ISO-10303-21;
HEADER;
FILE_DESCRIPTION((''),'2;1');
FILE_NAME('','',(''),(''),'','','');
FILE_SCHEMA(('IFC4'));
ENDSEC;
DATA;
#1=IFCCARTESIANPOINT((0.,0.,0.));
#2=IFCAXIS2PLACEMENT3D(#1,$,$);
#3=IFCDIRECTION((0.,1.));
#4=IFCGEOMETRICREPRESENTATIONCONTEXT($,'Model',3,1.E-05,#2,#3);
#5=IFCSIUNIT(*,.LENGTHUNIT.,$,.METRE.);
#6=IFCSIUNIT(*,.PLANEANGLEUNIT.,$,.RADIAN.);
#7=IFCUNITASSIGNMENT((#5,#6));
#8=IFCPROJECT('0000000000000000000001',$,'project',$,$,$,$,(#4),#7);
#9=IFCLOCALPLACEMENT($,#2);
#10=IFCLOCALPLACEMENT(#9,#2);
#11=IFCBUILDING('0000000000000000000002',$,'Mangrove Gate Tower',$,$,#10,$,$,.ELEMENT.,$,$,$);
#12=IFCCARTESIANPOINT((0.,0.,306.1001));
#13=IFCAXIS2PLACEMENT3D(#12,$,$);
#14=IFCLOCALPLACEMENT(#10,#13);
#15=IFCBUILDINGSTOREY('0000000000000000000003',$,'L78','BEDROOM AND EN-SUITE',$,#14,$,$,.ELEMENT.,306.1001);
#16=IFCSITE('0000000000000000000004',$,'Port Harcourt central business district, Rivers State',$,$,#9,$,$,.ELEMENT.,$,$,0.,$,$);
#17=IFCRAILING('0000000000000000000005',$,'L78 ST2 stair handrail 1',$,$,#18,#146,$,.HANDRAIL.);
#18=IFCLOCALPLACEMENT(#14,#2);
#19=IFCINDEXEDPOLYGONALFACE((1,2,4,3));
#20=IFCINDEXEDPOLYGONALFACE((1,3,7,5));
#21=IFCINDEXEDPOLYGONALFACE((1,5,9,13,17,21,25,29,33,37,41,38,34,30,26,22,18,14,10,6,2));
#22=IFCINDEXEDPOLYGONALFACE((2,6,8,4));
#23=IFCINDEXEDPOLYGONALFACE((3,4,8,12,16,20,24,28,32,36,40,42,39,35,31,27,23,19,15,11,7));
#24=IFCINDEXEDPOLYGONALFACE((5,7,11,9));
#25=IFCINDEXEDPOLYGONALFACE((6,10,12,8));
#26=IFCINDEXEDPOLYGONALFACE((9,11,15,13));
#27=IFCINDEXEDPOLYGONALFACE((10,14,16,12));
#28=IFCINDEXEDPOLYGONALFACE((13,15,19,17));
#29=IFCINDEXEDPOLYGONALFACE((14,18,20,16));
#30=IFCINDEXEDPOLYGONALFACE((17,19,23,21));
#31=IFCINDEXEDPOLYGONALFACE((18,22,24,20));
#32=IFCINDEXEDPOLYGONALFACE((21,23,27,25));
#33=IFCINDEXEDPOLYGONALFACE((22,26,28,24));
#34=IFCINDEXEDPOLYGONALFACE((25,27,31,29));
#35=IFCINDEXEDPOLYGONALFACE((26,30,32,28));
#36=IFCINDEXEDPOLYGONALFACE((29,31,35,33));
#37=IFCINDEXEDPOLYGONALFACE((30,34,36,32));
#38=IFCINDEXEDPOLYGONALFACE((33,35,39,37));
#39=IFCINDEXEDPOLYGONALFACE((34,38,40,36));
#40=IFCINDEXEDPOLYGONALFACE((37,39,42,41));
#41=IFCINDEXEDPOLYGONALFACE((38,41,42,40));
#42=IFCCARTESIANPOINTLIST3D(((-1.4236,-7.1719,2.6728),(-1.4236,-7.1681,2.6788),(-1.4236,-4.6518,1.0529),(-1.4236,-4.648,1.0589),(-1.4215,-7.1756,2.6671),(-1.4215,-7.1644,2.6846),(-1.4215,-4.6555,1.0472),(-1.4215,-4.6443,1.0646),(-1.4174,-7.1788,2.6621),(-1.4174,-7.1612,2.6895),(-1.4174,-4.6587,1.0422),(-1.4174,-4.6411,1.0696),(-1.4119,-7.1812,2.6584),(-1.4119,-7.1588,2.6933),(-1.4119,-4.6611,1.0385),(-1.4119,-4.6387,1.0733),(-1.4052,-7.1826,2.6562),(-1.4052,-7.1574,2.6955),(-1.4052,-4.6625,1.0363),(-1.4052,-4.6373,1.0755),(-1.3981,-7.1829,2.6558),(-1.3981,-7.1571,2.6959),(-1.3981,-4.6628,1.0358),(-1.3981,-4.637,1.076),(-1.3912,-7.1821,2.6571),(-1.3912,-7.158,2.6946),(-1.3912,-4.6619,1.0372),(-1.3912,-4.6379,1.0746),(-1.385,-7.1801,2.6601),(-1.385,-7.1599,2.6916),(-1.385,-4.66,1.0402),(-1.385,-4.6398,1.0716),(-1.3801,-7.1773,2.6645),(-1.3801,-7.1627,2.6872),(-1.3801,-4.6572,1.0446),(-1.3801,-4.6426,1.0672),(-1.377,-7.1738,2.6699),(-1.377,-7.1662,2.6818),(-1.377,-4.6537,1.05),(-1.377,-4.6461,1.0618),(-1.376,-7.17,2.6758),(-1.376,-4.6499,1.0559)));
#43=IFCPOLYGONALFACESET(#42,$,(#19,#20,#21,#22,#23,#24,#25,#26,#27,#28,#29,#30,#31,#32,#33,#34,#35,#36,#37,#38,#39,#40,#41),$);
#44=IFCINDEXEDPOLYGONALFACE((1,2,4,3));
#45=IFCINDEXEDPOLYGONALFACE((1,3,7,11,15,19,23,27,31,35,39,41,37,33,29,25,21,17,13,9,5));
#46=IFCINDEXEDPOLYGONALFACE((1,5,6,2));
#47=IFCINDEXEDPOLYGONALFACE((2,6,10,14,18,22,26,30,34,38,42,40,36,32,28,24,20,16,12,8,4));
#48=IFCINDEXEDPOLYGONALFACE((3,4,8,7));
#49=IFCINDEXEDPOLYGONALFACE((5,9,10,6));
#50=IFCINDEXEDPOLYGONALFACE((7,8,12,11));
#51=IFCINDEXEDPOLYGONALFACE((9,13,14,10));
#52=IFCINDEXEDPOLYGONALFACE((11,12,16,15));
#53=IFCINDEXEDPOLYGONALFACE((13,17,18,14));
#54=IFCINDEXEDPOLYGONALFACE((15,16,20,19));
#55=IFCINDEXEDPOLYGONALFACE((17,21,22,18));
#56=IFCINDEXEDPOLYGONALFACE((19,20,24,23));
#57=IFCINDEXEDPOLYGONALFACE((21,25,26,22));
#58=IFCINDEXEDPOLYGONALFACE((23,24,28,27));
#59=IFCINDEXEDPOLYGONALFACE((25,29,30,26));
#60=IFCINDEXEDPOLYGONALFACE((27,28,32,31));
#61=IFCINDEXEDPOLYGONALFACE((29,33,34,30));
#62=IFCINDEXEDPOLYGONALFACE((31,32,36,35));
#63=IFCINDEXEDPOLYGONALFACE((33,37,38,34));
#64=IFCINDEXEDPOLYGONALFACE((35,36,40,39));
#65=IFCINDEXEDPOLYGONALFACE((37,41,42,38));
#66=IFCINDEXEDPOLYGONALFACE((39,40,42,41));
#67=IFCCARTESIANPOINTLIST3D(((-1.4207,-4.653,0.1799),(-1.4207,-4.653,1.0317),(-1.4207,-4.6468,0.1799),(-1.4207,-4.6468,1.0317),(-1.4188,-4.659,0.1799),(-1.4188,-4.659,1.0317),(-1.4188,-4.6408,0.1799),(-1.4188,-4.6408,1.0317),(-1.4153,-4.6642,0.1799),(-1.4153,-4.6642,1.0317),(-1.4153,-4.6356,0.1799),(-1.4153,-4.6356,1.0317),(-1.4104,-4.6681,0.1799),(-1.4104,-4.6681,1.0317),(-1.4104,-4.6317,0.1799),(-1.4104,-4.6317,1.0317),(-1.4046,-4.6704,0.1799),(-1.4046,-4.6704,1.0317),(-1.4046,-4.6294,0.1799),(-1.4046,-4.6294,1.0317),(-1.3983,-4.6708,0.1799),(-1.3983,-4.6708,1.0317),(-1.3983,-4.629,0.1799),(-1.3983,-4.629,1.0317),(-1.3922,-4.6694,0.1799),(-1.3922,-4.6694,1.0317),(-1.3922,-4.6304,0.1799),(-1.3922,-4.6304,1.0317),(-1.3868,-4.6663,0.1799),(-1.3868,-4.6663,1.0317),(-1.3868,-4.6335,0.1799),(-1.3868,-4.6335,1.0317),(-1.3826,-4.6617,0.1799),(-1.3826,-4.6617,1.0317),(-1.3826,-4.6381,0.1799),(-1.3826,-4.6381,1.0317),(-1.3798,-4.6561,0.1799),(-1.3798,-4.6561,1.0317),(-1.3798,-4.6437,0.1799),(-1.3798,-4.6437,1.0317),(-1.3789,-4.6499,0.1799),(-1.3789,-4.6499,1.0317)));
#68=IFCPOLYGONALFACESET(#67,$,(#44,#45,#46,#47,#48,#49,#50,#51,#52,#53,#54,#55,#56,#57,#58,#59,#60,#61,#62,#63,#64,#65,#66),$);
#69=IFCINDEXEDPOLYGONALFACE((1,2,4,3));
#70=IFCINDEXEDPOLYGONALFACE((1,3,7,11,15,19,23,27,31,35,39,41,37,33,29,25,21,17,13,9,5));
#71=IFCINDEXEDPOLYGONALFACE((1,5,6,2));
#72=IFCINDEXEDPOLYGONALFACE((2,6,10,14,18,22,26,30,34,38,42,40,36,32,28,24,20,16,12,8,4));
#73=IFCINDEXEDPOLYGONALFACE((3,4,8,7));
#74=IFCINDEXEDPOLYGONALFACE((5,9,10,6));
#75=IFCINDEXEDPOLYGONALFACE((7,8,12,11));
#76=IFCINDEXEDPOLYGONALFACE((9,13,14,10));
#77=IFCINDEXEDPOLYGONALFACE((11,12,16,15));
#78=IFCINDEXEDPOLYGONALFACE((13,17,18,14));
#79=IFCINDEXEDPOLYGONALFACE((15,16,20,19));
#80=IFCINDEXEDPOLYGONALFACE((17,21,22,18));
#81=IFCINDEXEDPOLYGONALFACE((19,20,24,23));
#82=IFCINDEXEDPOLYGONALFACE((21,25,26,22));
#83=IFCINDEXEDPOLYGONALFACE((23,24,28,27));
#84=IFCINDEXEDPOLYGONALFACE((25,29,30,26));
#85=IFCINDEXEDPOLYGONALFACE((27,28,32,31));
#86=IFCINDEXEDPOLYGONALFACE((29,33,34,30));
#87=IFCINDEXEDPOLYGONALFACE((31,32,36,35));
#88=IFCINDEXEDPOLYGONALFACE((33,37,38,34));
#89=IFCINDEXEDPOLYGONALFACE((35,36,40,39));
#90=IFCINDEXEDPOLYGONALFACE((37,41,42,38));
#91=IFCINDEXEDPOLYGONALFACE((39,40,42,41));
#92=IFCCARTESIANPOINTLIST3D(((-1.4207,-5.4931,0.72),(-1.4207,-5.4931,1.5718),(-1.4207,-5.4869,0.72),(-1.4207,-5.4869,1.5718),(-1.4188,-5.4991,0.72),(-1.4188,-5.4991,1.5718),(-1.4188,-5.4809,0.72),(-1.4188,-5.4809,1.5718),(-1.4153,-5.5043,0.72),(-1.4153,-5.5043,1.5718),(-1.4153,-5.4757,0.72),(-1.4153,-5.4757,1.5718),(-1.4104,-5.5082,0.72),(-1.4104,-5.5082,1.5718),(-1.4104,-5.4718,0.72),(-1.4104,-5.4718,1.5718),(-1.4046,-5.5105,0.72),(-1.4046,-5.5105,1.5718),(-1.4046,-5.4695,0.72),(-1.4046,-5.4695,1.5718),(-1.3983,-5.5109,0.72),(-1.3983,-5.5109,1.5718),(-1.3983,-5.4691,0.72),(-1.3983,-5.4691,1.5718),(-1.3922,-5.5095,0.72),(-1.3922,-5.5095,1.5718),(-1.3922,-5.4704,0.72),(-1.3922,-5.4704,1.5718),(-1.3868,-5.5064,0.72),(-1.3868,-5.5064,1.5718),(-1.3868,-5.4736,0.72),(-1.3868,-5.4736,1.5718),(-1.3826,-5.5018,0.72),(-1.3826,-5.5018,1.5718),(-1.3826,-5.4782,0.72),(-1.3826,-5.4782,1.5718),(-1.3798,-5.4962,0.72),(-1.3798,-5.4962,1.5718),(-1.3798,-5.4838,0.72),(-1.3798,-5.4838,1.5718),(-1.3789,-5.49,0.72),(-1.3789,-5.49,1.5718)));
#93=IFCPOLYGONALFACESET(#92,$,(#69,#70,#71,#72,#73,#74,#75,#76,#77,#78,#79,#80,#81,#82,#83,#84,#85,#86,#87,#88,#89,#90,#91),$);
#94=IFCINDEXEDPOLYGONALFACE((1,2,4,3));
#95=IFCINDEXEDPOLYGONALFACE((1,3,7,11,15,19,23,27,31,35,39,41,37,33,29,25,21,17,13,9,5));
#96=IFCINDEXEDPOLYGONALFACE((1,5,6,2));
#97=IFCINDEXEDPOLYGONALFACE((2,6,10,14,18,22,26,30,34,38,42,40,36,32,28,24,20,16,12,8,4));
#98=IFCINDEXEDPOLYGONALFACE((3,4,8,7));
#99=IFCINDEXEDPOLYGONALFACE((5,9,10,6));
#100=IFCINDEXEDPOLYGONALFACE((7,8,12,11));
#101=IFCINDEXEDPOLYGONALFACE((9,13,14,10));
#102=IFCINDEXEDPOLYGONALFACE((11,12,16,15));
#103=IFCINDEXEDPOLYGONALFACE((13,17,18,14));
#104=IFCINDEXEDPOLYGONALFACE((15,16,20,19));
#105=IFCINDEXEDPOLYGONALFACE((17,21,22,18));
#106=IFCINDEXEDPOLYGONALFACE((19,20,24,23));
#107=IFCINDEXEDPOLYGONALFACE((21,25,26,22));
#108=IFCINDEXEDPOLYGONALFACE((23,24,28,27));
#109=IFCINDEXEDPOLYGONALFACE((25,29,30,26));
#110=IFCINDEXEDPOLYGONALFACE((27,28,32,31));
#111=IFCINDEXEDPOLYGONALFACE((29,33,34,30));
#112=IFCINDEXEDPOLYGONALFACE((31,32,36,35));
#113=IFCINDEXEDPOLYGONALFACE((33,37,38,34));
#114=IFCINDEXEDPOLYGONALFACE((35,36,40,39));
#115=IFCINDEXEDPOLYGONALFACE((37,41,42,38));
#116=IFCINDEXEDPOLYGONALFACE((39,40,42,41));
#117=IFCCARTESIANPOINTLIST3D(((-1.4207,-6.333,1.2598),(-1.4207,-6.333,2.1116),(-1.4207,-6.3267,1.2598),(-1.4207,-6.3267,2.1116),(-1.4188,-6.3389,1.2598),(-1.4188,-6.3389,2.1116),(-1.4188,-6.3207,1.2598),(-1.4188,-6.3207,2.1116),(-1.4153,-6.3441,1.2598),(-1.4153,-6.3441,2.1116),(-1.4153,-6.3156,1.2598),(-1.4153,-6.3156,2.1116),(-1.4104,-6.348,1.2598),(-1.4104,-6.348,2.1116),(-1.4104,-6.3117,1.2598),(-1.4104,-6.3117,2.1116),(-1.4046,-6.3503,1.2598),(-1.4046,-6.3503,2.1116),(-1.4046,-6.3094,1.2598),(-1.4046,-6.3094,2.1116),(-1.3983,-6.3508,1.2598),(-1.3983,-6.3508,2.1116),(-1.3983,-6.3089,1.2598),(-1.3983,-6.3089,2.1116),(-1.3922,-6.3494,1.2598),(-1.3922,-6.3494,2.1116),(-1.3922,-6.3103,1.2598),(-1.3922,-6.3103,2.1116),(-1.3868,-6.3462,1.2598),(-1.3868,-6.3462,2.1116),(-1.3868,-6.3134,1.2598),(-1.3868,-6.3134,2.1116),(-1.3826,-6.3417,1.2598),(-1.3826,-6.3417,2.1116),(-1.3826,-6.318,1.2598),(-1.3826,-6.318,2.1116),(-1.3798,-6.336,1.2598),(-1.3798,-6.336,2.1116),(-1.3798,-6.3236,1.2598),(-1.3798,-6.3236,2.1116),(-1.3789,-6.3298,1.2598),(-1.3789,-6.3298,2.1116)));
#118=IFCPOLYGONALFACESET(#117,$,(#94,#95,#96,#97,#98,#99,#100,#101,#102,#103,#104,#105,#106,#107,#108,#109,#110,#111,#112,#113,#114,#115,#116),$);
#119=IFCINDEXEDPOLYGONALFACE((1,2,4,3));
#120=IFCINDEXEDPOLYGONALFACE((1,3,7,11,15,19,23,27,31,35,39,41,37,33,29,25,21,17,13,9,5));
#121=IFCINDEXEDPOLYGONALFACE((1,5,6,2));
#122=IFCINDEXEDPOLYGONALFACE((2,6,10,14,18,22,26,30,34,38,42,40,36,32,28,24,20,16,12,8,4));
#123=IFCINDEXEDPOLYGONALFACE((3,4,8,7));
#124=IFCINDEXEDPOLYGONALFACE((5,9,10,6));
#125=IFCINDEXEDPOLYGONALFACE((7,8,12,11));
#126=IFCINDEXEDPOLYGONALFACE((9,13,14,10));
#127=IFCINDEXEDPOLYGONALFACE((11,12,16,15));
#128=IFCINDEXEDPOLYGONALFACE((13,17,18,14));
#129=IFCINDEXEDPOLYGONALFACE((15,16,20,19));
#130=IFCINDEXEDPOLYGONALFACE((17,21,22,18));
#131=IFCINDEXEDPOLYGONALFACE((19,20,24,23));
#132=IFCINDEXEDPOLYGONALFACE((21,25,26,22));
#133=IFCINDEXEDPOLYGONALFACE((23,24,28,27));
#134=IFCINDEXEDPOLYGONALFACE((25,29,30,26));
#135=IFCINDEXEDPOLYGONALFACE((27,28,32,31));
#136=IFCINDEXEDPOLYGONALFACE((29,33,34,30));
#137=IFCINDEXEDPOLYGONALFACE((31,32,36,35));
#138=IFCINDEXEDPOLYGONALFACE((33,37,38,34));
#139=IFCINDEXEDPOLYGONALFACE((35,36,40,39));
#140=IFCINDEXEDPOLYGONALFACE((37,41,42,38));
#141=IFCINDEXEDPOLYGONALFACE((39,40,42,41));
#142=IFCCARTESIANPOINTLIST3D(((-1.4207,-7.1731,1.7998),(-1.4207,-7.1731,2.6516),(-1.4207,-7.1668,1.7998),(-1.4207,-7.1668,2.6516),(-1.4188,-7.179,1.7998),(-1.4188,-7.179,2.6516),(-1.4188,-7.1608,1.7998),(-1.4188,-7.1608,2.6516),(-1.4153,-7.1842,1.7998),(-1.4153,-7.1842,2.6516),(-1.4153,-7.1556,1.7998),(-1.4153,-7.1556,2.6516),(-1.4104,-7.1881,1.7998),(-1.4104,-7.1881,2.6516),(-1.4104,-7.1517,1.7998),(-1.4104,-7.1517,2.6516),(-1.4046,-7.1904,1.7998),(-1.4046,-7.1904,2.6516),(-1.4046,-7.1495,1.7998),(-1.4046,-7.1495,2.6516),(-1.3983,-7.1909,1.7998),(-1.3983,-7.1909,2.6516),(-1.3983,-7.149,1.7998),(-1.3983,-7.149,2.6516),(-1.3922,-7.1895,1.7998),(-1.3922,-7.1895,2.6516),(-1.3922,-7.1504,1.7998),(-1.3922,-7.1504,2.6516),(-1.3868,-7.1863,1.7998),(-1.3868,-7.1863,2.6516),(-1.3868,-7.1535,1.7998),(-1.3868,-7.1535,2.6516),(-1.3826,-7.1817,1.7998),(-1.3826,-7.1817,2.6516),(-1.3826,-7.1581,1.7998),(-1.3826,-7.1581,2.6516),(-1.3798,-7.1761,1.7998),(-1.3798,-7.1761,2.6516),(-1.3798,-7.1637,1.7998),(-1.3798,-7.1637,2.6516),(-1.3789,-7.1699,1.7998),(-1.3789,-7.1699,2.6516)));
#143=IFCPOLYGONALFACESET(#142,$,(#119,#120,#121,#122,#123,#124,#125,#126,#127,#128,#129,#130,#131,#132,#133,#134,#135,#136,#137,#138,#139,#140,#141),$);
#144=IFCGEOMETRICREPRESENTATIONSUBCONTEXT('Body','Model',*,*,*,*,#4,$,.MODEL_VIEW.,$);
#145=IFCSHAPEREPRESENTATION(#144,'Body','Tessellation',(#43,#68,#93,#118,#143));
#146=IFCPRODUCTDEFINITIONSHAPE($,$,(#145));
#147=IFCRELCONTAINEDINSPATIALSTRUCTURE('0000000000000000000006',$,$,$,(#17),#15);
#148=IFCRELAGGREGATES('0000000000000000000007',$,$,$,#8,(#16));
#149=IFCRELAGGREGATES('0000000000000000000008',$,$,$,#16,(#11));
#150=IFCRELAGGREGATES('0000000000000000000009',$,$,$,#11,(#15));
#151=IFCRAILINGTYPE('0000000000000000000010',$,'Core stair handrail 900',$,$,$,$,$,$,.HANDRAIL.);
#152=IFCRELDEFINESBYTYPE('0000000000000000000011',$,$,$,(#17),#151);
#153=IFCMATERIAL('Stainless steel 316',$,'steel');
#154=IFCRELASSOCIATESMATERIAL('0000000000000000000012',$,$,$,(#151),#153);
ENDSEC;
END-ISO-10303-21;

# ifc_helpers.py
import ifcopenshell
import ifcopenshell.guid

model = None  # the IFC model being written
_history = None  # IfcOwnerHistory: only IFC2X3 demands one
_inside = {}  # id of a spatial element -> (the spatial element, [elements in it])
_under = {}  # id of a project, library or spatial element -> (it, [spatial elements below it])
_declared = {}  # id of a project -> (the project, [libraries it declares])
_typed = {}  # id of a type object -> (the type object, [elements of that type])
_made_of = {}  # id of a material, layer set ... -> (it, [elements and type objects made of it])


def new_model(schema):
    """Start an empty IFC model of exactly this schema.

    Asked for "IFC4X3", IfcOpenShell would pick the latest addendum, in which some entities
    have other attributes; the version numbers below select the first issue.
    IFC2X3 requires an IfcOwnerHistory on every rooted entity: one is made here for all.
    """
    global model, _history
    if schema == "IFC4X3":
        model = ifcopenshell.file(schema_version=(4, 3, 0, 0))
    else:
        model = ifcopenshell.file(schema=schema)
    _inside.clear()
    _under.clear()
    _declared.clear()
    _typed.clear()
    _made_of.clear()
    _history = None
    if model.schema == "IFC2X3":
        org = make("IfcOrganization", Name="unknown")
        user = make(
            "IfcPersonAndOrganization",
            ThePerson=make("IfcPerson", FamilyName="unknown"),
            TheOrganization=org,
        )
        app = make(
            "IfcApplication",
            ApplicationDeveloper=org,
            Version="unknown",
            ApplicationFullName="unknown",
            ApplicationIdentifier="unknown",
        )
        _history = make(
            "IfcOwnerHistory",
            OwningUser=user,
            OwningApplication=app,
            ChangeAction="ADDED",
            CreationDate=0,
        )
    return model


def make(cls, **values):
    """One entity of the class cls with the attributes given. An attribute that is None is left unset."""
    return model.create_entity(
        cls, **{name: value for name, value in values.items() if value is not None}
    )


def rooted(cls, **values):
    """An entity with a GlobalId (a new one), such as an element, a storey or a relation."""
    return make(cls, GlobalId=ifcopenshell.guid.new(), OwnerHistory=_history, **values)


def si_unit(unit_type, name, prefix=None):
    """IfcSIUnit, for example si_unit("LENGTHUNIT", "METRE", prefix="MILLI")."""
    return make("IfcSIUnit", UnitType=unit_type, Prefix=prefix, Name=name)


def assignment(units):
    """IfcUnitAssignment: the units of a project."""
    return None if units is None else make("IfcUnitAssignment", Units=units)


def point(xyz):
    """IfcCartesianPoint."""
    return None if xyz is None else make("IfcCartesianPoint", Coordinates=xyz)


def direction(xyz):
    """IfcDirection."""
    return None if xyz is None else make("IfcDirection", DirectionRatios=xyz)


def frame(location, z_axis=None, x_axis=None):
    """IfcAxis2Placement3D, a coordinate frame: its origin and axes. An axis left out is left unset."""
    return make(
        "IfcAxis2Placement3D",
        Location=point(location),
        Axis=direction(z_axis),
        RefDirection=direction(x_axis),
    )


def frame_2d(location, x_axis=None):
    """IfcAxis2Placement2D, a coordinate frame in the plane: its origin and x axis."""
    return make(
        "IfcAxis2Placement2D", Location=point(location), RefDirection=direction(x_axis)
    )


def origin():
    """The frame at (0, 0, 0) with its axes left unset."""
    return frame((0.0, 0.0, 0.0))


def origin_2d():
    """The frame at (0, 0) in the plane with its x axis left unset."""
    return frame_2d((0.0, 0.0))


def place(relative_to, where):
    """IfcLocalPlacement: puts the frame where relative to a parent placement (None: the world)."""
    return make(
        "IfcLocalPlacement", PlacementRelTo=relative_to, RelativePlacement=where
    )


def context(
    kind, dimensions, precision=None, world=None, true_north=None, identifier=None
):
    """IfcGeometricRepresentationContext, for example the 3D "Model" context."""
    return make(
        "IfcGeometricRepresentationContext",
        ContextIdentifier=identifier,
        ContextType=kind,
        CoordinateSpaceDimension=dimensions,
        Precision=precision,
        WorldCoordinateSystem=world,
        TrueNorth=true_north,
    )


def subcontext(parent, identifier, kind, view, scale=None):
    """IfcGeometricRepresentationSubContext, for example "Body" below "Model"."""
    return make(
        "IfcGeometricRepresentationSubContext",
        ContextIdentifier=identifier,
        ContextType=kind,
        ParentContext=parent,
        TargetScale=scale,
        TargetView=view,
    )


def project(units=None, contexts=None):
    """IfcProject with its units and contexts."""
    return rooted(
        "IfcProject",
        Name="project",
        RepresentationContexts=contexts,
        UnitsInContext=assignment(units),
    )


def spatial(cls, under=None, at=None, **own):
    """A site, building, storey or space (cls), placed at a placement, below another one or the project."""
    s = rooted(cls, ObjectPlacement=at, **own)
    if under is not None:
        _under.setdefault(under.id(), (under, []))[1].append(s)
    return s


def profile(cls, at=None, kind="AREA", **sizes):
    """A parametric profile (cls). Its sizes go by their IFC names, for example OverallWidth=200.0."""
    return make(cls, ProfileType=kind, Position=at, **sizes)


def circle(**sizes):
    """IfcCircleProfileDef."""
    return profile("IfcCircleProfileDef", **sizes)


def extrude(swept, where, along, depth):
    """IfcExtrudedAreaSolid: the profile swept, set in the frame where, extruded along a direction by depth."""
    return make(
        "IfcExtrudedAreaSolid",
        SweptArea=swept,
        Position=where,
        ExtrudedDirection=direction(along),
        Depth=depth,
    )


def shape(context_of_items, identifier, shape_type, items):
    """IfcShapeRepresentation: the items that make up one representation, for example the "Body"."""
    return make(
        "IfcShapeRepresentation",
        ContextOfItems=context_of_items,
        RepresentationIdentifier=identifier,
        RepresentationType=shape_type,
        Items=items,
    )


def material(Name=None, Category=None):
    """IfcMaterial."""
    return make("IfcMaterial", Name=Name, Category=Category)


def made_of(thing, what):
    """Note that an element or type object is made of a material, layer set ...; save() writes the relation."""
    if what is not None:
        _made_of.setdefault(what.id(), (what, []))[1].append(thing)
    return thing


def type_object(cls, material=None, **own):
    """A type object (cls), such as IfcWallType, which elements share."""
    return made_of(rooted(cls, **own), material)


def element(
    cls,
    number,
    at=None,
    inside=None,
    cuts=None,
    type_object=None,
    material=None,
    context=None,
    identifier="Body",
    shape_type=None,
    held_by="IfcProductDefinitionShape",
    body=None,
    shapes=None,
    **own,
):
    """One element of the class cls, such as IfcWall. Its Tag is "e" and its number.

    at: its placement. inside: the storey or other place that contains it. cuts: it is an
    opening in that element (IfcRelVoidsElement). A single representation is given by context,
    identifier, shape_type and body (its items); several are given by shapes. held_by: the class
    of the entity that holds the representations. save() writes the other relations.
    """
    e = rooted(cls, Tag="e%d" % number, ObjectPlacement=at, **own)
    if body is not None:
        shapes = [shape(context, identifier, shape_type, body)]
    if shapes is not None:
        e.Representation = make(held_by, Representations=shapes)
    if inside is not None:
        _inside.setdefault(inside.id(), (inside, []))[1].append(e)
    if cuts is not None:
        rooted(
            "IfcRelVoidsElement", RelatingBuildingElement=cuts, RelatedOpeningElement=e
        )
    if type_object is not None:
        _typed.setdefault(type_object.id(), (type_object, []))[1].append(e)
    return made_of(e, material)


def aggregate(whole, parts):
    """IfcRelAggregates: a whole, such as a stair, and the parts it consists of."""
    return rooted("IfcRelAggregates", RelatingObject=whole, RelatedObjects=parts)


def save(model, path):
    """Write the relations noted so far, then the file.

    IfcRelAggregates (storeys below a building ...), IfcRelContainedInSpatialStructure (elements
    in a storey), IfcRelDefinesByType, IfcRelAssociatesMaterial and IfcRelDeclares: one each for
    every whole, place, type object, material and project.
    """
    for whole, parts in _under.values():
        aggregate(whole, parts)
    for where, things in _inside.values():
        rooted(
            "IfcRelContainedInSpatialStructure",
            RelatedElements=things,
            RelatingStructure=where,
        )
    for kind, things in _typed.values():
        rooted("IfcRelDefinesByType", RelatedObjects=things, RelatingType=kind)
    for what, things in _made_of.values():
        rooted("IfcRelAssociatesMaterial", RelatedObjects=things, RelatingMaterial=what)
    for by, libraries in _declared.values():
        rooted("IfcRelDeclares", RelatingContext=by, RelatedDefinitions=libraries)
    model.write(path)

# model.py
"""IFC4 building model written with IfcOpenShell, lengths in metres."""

from ifc_helpers import new_model, si_unit, direction, frame, origin, origin_2d, place, context, subcontext, project, spatial, circle, extrude, material, type_object, element, save


model = new_model("IFC4")

# Units and contexts
model_context = context("Model", 3, precision=1e-05, world=origin(), true_north=direction((0.0, 1.0)))
body_context = subcontext(model_context, "Body", "Model", "MODEL_VIEW")
ifc_project = project(units=[si_unit("LENGTHUNIT", "METRE"), si_unit("PLANEANGLEUNIT", "RADIAN")], contexts=[model_context])

# Site, building, storey
site_placement = place(None, origin())
site = spatial("IfcSite", under=ifc_project, at=site_placement, Name="Port Harcourt central business district, Rivers State", CompositionType="ELEMENT", RefElevation=0.0)
building_placement = place(site_placement, origin())
building = spatial("IfcBuilding", under=site, at=building_placement, Name="Mangrove Gate Tower", CompositionType="ELEMENT")
storey_placement = place(building_placement, frame((0.0, 0.0, 306.1001)))
storey = spatial("IfcBuildingStorey", under=building, at=storey_placement, Name="L78", Description="BEDROOM AND EN-SUITE", CompositionType="ELEMENT", Elevation=306.1001)

# Railing
ifc_material_1 = material(Name="Stainless steel 316", Category="steel")
railing_type_1 = type_object("IfcRailingType", Name="Core stair handrail 900", PredefinedType="HANDRAIL", material=ifc_material_1)
railing_1_placement = place(storey_placement, frame((-1.3999, -4.6499, 0.1799)))
element("IfcRailing", 1, at=railing_1_placement, inside=storey, type_object=railing_type_1, Name="L78 ST2 stair handrail 1", PredefinedType="HANDRAIL", context=body_context, shape_type="SweptSolid", body=[
    extrude(circle(Radius=0.0239, at=origin_2d()), frame((0.0, 0.0, 0.876), z_axis=(0.0, -0.8412, 0.540725), x_axis=(1.0, 0.0, 0.0)), (0.0, 0.0, 1.0), 2.9958),
    extrude(circle(Radius=0.021, at=origin_2d()), origin(), (0.0, 0.0, 1.0), 0.8518),
    extrude(circle(Radius=0.021, at=origin_2d()), frame((0.0, -0.8401, 0.54)), (0.0, 0.0, 1.0), 0.8518),
    extrude(circle(Radius=0.021, at=origin_2d()), frame((0.0, -1.6799, 1.0798)), (0.0, 0.0, 1.0), 0.8518),
    extrude(circle(Radius=0.021, at=origin_2d()), frame((0.0, -2.52, 1.6199)), (0.0, 0.0, 1.0), 0.8518),
])

save(model, "model.ifc")
